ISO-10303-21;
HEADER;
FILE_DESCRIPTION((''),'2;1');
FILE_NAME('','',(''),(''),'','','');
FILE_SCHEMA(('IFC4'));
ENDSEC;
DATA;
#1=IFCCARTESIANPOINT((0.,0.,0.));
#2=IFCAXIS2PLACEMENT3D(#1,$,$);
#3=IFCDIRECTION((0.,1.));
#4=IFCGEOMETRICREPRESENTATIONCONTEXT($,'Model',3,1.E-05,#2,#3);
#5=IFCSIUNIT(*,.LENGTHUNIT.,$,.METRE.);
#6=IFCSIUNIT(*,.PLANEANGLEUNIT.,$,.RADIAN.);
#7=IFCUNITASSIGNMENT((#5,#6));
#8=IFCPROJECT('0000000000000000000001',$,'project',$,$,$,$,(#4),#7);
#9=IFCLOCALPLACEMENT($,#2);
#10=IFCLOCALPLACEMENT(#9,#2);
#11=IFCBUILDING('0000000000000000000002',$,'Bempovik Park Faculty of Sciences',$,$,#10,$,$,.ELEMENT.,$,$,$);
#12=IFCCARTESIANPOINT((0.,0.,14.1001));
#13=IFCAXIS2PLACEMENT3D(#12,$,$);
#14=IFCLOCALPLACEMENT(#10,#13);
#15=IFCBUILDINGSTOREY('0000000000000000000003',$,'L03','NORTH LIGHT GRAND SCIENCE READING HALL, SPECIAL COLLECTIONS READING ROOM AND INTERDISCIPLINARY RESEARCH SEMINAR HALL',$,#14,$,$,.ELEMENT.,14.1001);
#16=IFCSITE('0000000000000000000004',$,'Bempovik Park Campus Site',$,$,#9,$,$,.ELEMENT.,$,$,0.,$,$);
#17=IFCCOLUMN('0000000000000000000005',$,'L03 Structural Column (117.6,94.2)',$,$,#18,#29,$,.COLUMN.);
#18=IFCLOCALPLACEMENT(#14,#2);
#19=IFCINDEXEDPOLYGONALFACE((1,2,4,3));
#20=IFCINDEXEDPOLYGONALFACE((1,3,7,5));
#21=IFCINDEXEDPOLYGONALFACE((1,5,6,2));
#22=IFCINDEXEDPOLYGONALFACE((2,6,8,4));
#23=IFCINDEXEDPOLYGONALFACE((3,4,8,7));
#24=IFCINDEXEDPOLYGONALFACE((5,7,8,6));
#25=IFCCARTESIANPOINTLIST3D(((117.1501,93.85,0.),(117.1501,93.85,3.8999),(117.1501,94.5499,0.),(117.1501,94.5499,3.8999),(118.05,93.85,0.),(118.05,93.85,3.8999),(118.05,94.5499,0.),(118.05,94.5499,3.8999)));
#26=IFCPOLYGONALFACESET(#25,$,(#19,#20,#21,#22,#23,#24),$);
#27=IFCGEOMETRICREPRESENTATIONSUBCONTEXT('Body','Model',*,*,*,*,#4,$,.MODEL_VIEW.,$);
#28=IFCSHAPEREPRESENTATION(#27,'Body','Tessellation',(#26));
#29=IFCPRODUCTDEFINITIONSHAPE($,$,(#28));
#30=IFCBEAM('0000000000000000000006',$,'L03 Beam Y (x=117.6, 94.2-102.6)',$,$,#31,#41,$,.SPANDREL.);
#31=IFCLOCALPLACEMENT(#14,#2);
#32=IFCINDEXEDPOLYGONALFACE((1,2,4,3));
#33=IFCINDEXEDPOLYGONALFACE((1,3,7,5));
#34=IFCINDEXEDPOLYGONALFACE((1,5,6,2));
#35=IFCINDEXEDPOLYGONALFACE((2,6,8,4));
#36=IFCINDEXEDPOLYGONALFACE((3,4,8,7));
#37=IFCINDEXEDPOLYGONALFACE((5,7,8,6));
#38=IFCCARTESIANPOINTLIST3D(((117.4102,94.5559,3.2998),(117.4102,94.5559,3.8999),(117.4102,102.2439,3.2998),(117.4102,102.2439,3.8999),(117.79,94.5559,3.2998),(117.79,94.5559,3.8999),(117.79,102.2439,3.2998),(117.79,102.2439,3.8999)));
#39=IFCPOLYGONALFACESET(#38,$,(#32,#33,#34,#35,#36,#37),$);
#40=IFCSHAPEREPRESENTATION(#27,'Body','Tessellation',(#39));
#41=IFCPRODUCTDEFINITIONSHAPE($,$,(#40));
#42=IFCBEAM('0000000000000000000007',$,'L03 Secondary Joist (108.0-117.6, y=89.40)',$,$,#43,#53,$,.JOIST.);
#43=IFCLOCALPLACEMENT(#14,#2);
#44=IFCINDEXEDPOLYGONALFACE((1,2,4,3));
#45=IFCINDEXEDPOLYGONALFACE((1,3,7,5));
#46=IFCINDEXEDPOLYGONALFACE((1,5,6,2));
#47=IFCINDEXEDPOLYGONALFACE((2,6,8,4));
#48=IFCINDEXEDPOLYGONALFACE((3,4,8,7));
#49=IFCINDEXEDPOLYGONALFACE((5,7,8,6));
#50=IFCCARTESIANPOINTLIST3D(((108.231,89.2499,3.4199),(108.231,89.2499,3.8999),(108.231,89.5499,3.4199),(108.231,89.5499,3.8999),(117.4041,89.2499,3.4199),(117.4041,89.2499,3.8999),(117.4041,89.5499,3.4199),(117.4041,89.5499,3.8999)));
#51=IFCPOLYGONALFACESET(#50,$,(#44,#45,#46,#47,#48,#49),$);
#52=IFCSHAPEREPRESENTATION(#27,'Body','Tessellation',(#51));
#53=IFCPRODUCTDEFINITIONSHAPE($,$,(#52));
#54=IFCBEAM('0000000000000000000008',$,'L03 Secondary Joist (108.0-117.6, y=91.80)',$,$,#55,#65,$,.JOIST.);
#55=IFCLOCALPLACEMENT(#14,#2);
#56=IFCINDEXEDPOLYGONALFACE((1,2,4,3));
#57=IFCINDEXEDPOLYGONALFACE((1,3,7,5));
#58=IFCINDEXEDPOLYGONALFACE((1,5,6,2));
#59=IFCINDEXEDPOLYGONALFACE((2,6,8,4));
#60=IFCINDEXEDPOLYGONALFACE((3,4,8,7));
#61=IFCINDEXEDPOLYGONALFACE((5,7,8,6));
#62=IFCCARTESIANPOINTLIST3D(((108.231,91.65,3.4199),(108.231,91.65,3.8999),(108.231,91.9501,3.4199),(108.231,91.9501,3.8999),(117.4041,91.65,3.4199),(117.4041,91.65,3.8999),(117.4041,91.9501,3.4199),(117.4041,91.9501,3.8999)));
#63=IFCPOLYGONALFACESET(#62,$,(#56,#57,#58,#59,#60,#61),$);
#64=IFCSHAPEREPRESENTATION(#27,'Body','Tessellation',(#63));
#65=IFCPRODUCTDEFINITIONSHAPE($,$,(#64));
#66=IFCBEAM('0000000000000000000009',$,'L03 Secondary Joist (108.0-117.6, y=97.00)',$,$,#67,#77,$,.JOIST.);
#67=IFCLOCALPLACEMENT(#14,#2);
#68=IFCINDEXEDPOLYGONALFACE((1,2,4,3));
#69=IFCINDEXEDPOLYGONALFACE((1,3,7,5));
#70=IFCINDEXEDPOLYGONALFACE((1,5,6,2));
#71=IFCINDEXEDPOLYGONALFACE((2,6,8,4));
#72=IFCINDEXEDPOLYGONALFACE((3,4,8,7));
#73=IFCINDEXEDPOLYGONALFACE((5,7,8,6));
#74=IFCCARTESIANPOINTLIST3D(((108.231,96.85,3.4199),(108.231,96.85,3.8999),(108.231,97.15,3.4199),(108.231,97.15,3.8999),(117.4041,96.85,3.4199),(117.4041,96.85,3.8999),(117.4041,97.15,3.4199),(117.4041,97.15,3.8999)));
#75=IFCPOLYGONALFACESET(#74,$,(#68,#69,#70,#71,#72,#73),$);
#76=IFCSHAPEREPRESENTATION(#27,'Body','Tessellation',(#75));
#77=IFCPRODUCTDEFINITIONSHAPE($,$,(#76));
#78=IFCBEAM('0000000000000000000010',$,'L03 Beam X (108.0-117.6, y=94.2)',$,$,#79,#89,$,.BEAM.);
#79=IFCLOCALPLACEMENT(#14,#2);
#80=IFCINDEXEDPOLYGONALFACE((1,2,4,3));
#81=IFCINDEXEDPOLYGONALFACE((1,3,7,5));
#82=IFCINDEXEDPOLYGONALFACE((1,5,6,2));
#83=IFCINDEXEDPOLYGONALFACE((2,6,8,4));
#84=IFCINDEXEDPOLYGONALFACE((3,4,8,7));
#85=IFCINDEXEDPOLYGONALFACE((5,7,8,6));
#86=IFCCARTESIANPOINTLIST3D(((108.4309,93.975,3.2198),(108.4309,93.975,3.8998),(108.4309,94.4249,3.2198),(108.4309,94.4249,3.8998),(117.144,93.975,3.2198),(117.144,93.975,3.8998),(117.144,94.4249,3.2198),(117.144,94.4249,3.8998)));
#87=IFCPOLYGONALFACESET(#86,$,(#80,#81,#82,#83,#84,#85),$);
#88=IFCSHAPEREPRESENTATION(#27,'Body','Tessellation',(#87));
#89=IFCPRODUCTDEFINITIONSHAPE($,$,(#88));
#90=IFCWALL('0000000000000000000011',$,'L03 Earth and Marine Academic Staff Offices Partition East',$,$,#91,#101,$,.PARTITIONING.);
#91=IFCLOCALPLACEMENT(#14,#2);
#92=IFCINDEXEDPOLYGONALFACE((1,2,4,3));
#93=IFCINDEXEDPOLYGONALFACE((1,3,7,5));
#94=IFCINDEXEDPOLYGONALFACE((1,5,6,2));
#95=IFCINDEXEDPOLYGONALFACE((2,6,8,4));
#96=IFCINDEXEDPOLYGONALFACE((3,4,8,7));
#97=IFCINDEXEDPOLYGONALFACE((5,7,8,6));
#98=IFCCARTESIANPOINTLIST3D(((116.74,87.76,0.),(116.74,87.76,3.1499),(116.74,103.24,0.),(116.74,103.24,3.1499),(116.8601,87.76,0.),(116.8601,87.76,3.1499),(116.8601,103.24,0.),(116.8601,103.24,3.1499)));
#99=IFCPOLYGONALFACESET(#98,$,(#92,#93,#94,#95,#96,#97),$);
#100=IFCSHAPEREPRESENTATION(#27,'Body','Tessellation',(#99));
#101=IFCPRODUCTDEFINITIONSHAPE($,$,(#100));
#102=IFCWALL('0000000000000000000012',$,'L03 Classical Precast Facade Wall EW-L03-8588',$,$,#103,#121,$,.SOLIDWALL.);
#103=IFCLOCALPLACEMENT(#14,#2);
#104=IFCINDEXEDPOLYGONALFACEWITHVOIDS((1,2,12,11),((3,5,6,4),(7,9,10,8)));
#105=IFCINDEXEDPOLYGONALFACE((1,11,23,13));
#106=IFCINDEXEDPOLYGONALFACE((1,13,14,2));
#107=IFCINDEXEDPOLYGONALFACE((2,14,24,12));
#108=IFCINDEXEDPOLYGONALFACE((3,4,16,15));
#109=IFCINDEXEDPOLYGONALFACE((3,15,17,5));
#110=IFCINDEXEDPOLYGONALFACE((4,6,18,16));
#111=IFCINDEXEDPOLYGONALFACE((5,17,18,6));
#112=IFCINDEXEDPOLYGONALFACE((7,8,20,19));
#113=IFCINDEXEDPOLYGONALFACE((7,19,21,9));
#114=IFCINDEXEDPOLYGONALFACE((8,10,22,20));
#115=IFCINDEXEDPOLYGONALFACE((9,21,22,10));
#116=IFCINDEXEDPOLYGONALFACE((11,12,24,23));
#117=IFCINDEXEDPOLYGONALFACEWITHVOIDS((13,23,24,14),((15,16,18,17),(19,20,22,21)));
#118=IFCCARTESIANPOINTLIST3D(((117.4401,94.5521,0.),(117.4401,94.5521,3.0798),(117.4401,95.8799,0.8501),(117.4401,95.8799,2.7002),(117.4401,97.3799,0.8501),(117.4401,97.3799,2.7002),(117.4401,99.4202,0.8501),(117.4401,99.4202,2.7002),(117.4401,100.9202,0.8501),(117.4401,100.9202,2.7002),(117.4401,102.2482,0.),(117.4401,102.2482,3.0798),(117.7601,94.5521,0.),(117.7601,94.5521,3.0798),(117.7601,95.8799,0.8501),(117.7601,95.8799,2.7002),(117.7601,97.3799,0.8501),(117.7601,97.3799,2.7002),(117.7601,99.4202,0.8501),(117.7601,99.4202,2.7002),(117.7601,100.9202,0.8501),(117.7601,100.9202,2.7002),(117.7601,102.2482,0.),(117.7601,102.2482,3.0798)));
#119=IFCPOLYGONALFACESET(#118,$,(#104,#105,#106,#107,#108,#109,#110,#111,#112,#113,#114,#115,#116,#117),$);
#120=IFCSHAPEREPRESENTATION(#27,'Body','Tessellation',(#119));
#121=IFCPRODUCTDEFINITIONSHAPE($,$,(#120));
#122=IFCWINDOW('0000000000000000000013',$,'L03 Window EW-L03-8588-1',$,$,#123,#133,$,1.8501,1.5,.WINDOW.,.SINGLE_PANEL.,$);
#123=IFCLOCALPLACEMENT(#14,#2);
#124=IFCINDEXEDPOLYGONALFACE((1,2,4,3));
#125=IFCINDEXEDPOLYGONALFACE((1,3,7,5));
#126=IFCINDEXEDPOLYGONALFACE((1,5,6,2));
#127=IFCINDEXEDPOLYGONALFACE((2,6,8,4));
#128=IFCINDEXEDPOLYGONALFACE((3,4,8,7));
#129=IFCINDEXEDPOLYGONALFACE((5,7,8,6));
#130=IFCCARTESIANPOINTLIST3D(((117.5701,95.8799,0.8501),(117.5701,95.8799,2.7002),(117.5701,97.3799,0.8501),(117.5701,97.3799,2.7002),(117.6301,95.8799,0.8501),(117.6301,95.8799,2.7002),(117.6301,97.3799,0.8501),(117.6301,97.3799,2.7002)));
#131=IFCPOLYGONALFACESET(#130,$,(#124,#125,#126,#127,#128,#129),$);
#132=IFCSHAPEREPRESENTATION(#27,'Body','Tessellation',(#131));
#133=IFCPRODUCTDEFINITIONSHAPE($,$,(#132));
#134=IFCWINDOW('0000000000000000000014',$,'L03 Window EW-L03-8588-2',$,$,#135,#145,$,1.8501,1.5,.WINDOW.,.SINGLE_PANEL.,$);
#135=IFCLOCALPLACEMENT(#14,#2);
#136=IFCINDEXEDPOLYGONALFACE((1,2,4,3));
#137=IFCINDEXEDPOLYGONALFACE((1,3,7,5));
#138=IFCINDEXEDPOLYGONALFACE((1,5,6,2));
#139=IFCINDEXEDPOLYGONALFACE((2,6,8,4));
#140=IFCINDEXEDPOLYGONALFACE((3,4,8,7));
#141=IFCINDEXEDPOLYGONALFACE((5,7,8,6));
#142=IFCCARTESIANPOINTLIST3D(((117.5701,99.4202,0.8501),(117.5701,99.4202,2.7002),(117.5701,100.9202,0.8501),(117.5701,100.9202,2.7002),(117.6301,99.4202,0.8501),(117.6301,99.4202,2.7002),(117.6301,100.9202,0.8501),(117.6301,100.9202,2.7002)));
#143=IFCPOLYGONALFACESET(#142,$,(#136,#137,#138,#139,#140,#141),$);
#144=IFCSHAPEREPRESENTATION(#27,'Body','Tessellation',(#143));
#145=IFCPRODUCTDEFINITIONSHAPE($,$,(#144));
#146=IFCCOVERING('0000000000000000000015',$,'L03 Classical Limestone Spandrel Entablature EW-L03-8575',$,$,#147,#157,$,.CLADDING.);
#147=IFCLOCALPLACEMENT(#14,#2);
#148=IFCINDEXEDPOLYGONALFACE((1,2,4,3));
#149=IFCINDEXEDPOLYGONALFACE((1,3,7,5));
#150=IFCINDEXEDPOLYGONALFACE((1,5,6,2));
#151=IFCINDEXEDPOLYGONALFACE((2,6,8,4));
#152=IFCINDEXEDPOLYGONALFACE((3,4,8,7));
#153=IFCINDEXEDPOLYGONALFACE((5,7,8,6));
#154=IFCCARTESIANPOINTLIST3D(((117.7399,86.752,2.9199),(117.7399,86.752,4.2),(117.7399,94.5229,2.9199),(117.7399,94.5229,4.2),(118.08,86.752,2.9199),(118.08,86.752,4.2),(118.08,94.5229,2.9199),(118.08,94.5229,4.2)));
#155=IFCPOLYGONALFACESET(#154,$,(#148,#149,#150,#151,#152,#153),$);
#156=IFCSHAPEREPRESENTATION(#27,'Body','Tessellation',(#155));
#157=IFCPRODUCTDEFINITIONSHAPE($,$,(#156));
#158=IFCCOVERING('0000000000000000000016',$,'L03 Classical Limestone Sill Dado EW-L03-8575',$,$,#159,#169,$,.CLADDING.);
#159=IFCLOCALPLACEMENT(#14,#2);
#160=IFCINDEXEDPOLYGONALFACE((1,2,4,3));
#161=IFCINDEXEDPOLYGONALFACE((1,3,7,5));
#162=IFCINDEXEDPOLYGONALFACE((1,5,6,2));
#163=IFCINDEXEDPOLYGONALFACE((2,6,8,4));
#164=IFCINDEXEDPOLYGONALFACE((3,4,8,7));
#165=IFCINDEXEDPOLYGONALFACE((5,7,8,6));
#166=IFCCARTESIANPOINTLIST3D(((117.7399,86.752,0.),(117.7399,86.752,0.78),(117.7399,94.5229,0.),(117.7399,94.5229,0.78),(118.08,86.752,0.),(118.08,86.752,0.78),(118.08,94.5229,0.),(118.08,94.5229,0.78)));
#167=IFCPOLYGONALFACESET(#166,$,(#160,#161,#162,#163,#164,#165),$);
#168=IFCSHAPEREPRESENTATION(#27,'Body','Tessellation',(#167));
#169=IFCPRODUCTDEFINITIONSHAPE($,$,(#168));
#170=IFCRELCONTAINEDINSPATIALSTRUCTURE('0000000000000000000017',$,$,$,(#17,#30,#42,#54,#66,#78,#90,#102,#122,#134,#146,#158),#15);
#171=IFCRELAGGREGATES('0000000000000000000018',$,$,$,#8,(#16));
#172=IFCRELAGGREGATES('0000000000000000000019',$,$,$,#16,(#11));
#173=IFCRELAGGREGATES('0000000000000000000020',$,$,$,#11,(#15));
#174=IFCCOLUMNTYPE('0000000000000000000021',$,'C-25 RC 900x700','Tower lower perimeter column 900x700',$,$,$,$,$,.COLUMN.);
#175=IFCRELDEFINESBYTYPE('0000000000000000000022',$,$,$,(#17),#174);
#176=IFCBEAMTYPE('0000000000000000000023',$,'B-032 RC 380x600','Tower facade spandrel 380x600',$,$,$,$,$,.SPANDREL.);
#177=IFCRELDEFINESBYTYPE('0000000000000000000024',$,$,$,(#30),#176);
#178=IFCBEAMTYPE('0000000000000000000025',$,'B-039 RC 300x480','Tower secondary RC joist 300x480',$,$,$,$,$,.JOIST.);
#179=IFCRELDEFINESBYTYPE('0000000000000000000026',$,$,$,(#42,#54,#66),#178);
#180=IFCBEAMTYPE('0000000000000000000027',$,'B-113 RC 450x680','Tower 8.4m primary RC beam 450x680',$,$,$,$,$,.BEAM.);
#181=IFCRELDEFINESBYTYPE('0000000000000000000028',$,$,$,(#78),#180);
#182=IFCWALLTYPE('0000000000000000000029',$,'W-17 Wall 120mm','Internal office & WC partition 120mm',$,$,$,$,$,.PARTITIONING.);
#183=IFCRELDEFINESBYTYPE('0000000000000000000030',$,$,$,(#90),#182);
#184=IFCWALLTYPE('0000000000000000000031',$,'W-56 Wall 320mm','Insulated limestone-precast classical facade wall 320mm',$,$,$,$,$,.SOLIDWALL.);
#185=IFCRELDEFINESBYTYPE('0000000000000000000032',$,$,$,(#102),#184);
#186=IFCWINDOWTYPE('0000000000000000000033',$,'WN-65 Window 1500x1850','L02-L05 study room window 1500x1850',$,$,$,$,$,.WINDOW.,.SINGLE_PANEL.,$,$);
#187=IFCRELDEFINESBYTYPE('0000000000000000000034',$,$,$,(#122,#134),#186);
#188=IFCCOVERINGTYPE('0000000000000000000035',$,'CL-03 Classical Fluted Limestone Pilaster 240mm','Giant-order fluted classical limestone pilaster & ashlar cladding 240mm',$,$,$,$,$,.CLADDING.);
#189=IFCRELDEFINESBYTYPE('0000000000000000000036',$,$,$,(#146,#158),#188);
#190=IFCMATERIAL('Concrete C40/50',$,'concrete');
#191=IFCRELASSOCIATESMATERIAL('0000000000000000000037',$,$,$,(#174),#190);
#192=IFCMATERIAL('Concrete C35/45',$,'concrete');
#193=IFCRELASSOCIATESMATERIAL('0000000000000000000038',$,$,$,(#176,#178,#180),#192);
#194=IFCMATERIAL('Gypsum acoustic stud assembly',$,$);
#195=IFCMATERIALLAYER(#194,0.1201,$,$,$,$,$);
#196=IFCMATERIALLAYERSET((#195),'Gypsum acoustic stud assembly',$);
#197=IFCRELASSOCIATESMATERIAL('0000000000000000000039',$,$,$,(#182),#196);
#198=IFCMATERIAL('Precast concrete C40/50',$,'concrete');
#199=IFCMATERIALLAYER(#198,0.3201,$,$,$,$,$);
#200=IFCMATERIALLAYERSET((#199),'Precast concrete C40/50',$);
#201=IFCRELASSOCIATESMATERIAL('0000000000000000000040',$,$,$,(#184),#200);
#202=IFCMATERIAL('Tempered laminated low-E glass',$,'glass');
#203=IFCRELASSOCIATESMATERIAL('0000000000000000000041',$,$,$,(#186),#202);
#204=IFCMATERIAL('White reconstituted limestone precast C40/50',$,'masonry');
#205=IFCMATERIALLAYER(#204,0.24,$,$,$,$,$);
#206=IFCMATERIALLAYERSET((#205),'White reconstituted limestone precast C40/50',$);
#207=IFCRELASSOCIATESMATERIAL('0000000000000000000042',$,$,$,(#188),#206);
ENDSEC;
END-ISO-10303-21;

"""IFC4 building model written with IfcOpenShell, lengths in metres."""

from ifc_helpers import new_model, si_unit, direction, frame, frame_2d, origin, origin_2d, place, context, subcontext, project, spatial, rectangle, extrude, material, layer, layer_set, material_profile, profile_set, type_object, element, fill, save


model = new_model("IFC4")

# Units and contexts
model_context = context("Model", 3, precision=1e-05, world=origin(), true_north=direction((0.0, 1.0)))
body_context = subcontext(model_context, "Body", "Model", "MODEL_VIEW")
ifc_project = project(units=[si_unit("LENGTHUNIT", "METRE"), si_unit("PLANEANGLEUNIT", "RADIAN")], contexts=[model_context])

# Site, building, storey
site_placement = place(None, origin())
site = spatial("IfcSite", under=ifc_project, at=site_placement, Name="Bempovik Park Campus Site", CompositionType="ELEMENT", RefElevation=0.0)
building_placement = place(site_placement, origin())
building = spatial("IfcBuilding", under=site, at=building_placement, Name="Bempovik Park Faculty of Sciences", CompositionType="ELEMENT")
storey_placement = place(building_placement, frame((0.0, 0.0, 14.1001)))
storey = spatial("IfcBuildingStorey", under=building, at=storey_placement, Name="L03", Description="NORTH LIGHT GRAND SCIENCE READING HALL, SPECIAL COLLECTIONS READING ROOM AND INTERDISCIPLINARY RESEARCH SEMINAR HALL", CompositionType="ELEMENT", Elevation=14.1001)

# Column
ifc_material_1 = material(Name="Concrete C40/50", Category="concrete")
ifc_material_profile_1 = material_profile(ifc_material_1, rectangle(XDim=0.8999, YDim=0.7, at=origin_2d()), Name="RC 900x700")
ifc_profile_set_1 = profile_set([ifc_material_profile_1], Name="Concrete C40/50")
column_type = type_object("IfcColumnType", Name="C-25 RC 900x700", Description="Tower lower perimeter column 900x700", PredefinedType="COLUMN", material=ifc_profile_set_1)
column_placement = place(storey_placement, frame((117.6001, 94.2, 0.0), z_axis=(0.0, 0.0, 1.0), x_axis=(1.0, 0.0, 0.0)))
element("IfcColumn", 1, at=column_placement, inside=storey, type_object=column_type, Name="L03 Structural Column (117.6,94.2)", PredefinedType="COLUMN", context=body_context, shape_type="SweptSolid", body=[
    extrude(rectangle(XDim=0.8999, YDim=0.7, at=origin_2d()), origin(), (0.0, 0.0, 1.0), 3.8999),
])

# Beams
ifc_material_2 = material(Name="Concrete C35/45", Category="concrete")
ifc_material_profile_2 = material_profile(ifc_material_2, rectangle(XDim=0.3799, YDim=0.6001, at=origin_2d()), Name="RC 380x600")
ifc_profile_set_2 = profile_set([ifc_material_profile_2], Name="Concrete C35/45")
beam_type_1 = type_object("IfcBeamType", Name="B-032 RC 380x600", Description="Tower facade spandrel 380x600", PredefinedType="SPANDREL", material=ifc_profile_set_2)
beam_1_placement = place(storey_placement, frame((117.6001, 94.5559, 3.5999), z_axis=(0.0, 1.0, 0.0), x_axis=(-1.0, 0.0, 0.0)))
element("IfcBeam", 2, at=beam_1_placement, inside=storey, type_object=beam_type_1, Name="L03 Beam Y (x=117.6, 94.2-102.6)", PredefinedType="SPANDREL", context=body_context, shape_type="SweptSolid", body=[
    extrude(rectangle(XDim=0.3799, YDim=0.6001, at=origin_2d()), origin(), (0.0, 0.0, 1.0), 7.688),
])
ifc_material_profile_3 = material_profile(ifc_material_2, rectangle(XDim=0.3, YDim=0.48, at=origin_2d()), Name="RC 300x480")
ifc_profile_set_3 = profile_set([ifc_material_profile_3], Name="Concrete C35/45")
beam_type_2 = type_object("IfcBeamType", Name="B-039 RC 300x480", Description="Tower secondary RC joist 300x480", PredefinedType="JOIST", material=ifc_profile_set_3)
for number, where, z_axis, x_axis, name in (
    (3, (108.231, 89.3999, 3.6599), (1.0, 0.0, 0.0), (0.0, 1.0, 0.0), "L03 Secondary Joist (108.0-117.6, y=89.40)"),
    (4, (108.231, 91.8, 3.6599), (1.0, 0.0, 0.0), (0.0, 1.0, 0.0), "L03 Secondary Joist (108.0-117.6, y=91.80)"),
    (5, (108.231, 97.0, 3.6599), (1.0, 0.0, 0.0), (0.0, 1.0, 0.0), "L03 Secondary Joist (108.0-117.6, y=97.00)"),
):
    element("IfcBeam", number, at=place(storey_placement, frame(where, z_axis=z_axis, x_axis=x_axis)), inside=storey, type_object=beam_type_2, Name=name, PredefinedType="JOIST", context=body_context, shape_type="SweptSolid", body=[
        extrude(rectangle(XDim=0.3, YDim=0.48, at=origin_2d()), origin(), (0.0, 0.0, 1.0), 9.1731),
    ])
ifc_material_profile_4 = material_profile(ifc_material_2, rectangle(XDim=0.45, YDim=0.6799, at=origin_2d()), Name="RC 450x680")
ifc_profile_set_4 = profile_set([ifc_material_profile_4], Name="Concrete C35/45")
beam_type_3 = type_object("IfcBeamType", Name="B-113 RC 450x680", Description="Tower 8.4m primary RC beam 450x680", PredefinedType="BEAM", material=ifc_profile_set_4)
beam_2_placement = place(storey_placement, frame((108.4309, 94.2, 3.5598), z_axis=(1.0, 0.0, 0.0), x_axis=(0.0, 1.0, 0.0)))
element("IfcBeam", 6, at=beam_2_placement, inside=storey, type_object=beam_type_3, Name="L03 Beam X (108.0-117.6, y=94.2)", PredefinedType="BEAM", context=body_context, shape_type="SweptSolid", body=[
    extrude(rectangle(XDim=0.45, YDim=0.6799, at=origin_2d()), origin(), (0.0, 0.0, 1.0), 8.7131),
])

# Wall
ifc_material_3 = material(Name="Gypsum acoustic stud assembly")
ifc_layer_1 = layer(ifc_material_3, 0.1201)
ifc_layer_set_1 = layer_set([ifc_layer_1], Name="Gypsum acoustic stud assembly")
wall_type_1 = type_object("IfcWallType", Name="W-17 Wall 120mm", Description="Internal office & WC partition 120mm", PredefinedType="PARTITIONING", material=ifc_layer_set_1)
wall_1_placement = place(storey_placement, frame((116.8, 87.76, 0.0), z_axis=(0.0, 0.0, 1.0), x_axis=(0.0, 1.0, 0.0)))
element("IfcWall", 7, at=wall_1_placement, inside=storey, type_object=wall_type_1, Name="L03 Earth and Marine Academic Staff Offices Partition East", PredefinedType="PARTITIONING", context=body_context, shape_type="SweptSolid", body=[
    extrude(rectangle(XDim=15.48, YDim=0.1201, at=frame_2d((7.74, 0.0))), origin(), (0.0, 0.0, 1.0), 3.1499),
])

# Wall, openings, windows
ifc_material_4 = material(Name="Precast concrete C40/50", Category="concrete")
ifc_layer_2 = layer(ifc_material_4, 0.3201)
ifc_layer_set_2 = layer_set([ifc_layer_2], Name="Precast concrete C40/50")
wall_type_2 = type_object("IfcWallType", Name="W-56 Wall 320mm", Description="Insulated limestone-precast classical facade wall 320mm", PredefinedType="SOLIDWALL", material=ifc_layer_set_2)
wall_2_placement = place(storey_placement, frame((117.6001, 94.552, 0.0), z_axis=(0.0, 0.0, 1.0), x_axis=(0.0, 1.0, 0.0)))
wall_2 = element("IfcWall", 8, at=wall_2_placement, inside=storey, type_object=wall_type_2, Name="L03 Classical Precast Facade Wall EW-L03-8588", PredefinedType="SOLIDWALL", context=body_context, shape_type="SweptSolid", body=[
    extrude(rectangle(XDim=7.696, YDim=0.3201, at=frame_2d((3.8481, 0.0))), origin(), (0.0, 0.0, 1.0), 3.0798),
])
opening_1_placement = place(wall_2_placement, frame((1.3279, 0.0, 0.8501)))
opening_1 = element("IfcOpeningElement", 9, at=opening_1_placement, cuts=wall_2, PredefinedType="OPENING", context=body_context, shape_type="SweptSolid", body=[
    extrude(rectangle(XDim=1.5, YDim=1.8501, at=frame_2d((0.75, 0.925))), frame((0.0, 0.1699, 0.0), z_axis=(0.0, -1.0, 0.0), x_axis=(1.0, 0.0, 0.0)), (0.0, 0.0, 1.0), 0.3401),
])
opening_2_placement = place(wall_2_placement, frame((4.8682, 0.0, 0.8501)))
opening_2 = element("IfcOpeningElement", 10, at=opening_2_placement, cuts=wall_2, PredefinedType="OPENING", context=body_context, shape_type="SweptSolid", body=[
    extrude(rectangle(XDim=1.5, YDim=1.8501, at=frame_2d((0.75, 0.925))), frame((0.0, 0.1699, 0.0), z_axis=(0.0, -1.0, 0.0), x_axis=(1.0, 0.0, 0.0)), (0.0, 0.0, 1.0), 0.3401),
])
ifc_material_5 = material(Name="Tempered laminated low-E glass", Category="glass")
window_type = type_object("IfcWindowType", Name="WN-65 Window 1500x1850", Description="L02-L05 study room window 1500x1850", PartitioningType="SINGLE_PANEL", PredefinedType="WINDOW", material=ifc_material_5)
window_1_placement = place(opening_1_placement, origin())
window_1 = element("IfcWindow", 11, at=window_1_placement, inside=storey, type_object=window_type, Name="L03 Window EW-L03-8588-1", OverallHeight=1.8501, OverallWidth=1.5, PartitioningType="SINGLE_PANEL", PredefinedType="WINDOW", context=body_context, shape_type="SweptSolid", body=[
    extrude(rectangle(XDim=1.5, YDim=1.8501, at=frame_2d((0.75, 0.925))), frame((0.0, 0.03, 0.0), z_axis=(0.0, -1.0, 0.0), x_axis=(1.0, 0.0, 0.0)), (0.0, 0.0, 1.0), 0.0601),
])
fill(opening_1, window_1)
window_2_placement = place(opening_2_placement, origin())
window_2 = element("IfcWindow", 12, at=window_2_placement, inside=storey, type_object=window_type, Name="L03 Window EW-L03-8588-2", OverallHeight=1.8501, OverallWidth=1.5, PartitioningType="SINGLE_PANEL", PredefinedType="WINDOW", context=body_context, shape_type="SweptSolid", body=[
    extrude(rectangle(XDim=1.5, YDim=1.8501, at=frame_2d((0.75, 0.925))), frame((0.0, 0.03, 0.0), z_axis=(0.0, -1.0, 0.0), x_axis=(1.0, 0.0, 0.0)), (0.0, 0.0, 1.0), 0.0601),
])
fill(opening_2, window_2)

# Coverings
ifc_material_6 = material(Name="White reconstituted limestone precast C40/50", Category="masonry")
ifc_layer_3 = layer(ifc_material_6, 0.24)
ifc_layer_set_3 = layer_set([ifc_layer_3], Name="White reconstituted limestone precast C40/50")
covering_type = type_object("IfcCoveringType", Name="CL-03 Classical Fluted Limestone Pilaster 240mm", Description="Giant-order fluted classical limestone pilaster & ashlar cladding 240mm", PredefinedType="CLADDING", material=ifc_layer_set_3)
covering_1_placement = place(storey_placement, frame((117.9099, 90.6375, 2.9199), z_axis=(0.0, 0.0, 1.0), x_axis=(1.0, 0.0, 0.0)))
element("IfcCovering", 13, at=covering_1_placement, inside=storey, type_object=covering_type, Name="L03 Classical Limestone Spandrel Entablature EW-L03-8575", PredefinedType="CLADDING", context=body_context, shape_type="SweptSolid", body=[
    extrude(rectangle(XDim=0.3401, YDim=7.771, at=origin_2d()), origin(), (0.0, 0.0, 1.0), 1.28),
])
covering_2_placement = place(storey_placement, frame((117.9099, 90.6375, 0.0), z_axis=(0.0, 0.0, 1.0), x_axis=(1.0, 0.0, 0.0)))
element("IfcCovering", 14, at=covering_2_placement, inside=storey, type_object=covering_type, Name="L03 Classical Limestone Sill Dado EW-L03-8575", PredefinedType="CLADDING", context=body_context, shape_type="SweptSolid", body=[
    extrude(rectangle(XDim=0.3401, YDim=7.771, at=origin_2d()), origin(), (0.0, 0.0, 1.0), 0.78),
])

save(model, "model.ifc")
